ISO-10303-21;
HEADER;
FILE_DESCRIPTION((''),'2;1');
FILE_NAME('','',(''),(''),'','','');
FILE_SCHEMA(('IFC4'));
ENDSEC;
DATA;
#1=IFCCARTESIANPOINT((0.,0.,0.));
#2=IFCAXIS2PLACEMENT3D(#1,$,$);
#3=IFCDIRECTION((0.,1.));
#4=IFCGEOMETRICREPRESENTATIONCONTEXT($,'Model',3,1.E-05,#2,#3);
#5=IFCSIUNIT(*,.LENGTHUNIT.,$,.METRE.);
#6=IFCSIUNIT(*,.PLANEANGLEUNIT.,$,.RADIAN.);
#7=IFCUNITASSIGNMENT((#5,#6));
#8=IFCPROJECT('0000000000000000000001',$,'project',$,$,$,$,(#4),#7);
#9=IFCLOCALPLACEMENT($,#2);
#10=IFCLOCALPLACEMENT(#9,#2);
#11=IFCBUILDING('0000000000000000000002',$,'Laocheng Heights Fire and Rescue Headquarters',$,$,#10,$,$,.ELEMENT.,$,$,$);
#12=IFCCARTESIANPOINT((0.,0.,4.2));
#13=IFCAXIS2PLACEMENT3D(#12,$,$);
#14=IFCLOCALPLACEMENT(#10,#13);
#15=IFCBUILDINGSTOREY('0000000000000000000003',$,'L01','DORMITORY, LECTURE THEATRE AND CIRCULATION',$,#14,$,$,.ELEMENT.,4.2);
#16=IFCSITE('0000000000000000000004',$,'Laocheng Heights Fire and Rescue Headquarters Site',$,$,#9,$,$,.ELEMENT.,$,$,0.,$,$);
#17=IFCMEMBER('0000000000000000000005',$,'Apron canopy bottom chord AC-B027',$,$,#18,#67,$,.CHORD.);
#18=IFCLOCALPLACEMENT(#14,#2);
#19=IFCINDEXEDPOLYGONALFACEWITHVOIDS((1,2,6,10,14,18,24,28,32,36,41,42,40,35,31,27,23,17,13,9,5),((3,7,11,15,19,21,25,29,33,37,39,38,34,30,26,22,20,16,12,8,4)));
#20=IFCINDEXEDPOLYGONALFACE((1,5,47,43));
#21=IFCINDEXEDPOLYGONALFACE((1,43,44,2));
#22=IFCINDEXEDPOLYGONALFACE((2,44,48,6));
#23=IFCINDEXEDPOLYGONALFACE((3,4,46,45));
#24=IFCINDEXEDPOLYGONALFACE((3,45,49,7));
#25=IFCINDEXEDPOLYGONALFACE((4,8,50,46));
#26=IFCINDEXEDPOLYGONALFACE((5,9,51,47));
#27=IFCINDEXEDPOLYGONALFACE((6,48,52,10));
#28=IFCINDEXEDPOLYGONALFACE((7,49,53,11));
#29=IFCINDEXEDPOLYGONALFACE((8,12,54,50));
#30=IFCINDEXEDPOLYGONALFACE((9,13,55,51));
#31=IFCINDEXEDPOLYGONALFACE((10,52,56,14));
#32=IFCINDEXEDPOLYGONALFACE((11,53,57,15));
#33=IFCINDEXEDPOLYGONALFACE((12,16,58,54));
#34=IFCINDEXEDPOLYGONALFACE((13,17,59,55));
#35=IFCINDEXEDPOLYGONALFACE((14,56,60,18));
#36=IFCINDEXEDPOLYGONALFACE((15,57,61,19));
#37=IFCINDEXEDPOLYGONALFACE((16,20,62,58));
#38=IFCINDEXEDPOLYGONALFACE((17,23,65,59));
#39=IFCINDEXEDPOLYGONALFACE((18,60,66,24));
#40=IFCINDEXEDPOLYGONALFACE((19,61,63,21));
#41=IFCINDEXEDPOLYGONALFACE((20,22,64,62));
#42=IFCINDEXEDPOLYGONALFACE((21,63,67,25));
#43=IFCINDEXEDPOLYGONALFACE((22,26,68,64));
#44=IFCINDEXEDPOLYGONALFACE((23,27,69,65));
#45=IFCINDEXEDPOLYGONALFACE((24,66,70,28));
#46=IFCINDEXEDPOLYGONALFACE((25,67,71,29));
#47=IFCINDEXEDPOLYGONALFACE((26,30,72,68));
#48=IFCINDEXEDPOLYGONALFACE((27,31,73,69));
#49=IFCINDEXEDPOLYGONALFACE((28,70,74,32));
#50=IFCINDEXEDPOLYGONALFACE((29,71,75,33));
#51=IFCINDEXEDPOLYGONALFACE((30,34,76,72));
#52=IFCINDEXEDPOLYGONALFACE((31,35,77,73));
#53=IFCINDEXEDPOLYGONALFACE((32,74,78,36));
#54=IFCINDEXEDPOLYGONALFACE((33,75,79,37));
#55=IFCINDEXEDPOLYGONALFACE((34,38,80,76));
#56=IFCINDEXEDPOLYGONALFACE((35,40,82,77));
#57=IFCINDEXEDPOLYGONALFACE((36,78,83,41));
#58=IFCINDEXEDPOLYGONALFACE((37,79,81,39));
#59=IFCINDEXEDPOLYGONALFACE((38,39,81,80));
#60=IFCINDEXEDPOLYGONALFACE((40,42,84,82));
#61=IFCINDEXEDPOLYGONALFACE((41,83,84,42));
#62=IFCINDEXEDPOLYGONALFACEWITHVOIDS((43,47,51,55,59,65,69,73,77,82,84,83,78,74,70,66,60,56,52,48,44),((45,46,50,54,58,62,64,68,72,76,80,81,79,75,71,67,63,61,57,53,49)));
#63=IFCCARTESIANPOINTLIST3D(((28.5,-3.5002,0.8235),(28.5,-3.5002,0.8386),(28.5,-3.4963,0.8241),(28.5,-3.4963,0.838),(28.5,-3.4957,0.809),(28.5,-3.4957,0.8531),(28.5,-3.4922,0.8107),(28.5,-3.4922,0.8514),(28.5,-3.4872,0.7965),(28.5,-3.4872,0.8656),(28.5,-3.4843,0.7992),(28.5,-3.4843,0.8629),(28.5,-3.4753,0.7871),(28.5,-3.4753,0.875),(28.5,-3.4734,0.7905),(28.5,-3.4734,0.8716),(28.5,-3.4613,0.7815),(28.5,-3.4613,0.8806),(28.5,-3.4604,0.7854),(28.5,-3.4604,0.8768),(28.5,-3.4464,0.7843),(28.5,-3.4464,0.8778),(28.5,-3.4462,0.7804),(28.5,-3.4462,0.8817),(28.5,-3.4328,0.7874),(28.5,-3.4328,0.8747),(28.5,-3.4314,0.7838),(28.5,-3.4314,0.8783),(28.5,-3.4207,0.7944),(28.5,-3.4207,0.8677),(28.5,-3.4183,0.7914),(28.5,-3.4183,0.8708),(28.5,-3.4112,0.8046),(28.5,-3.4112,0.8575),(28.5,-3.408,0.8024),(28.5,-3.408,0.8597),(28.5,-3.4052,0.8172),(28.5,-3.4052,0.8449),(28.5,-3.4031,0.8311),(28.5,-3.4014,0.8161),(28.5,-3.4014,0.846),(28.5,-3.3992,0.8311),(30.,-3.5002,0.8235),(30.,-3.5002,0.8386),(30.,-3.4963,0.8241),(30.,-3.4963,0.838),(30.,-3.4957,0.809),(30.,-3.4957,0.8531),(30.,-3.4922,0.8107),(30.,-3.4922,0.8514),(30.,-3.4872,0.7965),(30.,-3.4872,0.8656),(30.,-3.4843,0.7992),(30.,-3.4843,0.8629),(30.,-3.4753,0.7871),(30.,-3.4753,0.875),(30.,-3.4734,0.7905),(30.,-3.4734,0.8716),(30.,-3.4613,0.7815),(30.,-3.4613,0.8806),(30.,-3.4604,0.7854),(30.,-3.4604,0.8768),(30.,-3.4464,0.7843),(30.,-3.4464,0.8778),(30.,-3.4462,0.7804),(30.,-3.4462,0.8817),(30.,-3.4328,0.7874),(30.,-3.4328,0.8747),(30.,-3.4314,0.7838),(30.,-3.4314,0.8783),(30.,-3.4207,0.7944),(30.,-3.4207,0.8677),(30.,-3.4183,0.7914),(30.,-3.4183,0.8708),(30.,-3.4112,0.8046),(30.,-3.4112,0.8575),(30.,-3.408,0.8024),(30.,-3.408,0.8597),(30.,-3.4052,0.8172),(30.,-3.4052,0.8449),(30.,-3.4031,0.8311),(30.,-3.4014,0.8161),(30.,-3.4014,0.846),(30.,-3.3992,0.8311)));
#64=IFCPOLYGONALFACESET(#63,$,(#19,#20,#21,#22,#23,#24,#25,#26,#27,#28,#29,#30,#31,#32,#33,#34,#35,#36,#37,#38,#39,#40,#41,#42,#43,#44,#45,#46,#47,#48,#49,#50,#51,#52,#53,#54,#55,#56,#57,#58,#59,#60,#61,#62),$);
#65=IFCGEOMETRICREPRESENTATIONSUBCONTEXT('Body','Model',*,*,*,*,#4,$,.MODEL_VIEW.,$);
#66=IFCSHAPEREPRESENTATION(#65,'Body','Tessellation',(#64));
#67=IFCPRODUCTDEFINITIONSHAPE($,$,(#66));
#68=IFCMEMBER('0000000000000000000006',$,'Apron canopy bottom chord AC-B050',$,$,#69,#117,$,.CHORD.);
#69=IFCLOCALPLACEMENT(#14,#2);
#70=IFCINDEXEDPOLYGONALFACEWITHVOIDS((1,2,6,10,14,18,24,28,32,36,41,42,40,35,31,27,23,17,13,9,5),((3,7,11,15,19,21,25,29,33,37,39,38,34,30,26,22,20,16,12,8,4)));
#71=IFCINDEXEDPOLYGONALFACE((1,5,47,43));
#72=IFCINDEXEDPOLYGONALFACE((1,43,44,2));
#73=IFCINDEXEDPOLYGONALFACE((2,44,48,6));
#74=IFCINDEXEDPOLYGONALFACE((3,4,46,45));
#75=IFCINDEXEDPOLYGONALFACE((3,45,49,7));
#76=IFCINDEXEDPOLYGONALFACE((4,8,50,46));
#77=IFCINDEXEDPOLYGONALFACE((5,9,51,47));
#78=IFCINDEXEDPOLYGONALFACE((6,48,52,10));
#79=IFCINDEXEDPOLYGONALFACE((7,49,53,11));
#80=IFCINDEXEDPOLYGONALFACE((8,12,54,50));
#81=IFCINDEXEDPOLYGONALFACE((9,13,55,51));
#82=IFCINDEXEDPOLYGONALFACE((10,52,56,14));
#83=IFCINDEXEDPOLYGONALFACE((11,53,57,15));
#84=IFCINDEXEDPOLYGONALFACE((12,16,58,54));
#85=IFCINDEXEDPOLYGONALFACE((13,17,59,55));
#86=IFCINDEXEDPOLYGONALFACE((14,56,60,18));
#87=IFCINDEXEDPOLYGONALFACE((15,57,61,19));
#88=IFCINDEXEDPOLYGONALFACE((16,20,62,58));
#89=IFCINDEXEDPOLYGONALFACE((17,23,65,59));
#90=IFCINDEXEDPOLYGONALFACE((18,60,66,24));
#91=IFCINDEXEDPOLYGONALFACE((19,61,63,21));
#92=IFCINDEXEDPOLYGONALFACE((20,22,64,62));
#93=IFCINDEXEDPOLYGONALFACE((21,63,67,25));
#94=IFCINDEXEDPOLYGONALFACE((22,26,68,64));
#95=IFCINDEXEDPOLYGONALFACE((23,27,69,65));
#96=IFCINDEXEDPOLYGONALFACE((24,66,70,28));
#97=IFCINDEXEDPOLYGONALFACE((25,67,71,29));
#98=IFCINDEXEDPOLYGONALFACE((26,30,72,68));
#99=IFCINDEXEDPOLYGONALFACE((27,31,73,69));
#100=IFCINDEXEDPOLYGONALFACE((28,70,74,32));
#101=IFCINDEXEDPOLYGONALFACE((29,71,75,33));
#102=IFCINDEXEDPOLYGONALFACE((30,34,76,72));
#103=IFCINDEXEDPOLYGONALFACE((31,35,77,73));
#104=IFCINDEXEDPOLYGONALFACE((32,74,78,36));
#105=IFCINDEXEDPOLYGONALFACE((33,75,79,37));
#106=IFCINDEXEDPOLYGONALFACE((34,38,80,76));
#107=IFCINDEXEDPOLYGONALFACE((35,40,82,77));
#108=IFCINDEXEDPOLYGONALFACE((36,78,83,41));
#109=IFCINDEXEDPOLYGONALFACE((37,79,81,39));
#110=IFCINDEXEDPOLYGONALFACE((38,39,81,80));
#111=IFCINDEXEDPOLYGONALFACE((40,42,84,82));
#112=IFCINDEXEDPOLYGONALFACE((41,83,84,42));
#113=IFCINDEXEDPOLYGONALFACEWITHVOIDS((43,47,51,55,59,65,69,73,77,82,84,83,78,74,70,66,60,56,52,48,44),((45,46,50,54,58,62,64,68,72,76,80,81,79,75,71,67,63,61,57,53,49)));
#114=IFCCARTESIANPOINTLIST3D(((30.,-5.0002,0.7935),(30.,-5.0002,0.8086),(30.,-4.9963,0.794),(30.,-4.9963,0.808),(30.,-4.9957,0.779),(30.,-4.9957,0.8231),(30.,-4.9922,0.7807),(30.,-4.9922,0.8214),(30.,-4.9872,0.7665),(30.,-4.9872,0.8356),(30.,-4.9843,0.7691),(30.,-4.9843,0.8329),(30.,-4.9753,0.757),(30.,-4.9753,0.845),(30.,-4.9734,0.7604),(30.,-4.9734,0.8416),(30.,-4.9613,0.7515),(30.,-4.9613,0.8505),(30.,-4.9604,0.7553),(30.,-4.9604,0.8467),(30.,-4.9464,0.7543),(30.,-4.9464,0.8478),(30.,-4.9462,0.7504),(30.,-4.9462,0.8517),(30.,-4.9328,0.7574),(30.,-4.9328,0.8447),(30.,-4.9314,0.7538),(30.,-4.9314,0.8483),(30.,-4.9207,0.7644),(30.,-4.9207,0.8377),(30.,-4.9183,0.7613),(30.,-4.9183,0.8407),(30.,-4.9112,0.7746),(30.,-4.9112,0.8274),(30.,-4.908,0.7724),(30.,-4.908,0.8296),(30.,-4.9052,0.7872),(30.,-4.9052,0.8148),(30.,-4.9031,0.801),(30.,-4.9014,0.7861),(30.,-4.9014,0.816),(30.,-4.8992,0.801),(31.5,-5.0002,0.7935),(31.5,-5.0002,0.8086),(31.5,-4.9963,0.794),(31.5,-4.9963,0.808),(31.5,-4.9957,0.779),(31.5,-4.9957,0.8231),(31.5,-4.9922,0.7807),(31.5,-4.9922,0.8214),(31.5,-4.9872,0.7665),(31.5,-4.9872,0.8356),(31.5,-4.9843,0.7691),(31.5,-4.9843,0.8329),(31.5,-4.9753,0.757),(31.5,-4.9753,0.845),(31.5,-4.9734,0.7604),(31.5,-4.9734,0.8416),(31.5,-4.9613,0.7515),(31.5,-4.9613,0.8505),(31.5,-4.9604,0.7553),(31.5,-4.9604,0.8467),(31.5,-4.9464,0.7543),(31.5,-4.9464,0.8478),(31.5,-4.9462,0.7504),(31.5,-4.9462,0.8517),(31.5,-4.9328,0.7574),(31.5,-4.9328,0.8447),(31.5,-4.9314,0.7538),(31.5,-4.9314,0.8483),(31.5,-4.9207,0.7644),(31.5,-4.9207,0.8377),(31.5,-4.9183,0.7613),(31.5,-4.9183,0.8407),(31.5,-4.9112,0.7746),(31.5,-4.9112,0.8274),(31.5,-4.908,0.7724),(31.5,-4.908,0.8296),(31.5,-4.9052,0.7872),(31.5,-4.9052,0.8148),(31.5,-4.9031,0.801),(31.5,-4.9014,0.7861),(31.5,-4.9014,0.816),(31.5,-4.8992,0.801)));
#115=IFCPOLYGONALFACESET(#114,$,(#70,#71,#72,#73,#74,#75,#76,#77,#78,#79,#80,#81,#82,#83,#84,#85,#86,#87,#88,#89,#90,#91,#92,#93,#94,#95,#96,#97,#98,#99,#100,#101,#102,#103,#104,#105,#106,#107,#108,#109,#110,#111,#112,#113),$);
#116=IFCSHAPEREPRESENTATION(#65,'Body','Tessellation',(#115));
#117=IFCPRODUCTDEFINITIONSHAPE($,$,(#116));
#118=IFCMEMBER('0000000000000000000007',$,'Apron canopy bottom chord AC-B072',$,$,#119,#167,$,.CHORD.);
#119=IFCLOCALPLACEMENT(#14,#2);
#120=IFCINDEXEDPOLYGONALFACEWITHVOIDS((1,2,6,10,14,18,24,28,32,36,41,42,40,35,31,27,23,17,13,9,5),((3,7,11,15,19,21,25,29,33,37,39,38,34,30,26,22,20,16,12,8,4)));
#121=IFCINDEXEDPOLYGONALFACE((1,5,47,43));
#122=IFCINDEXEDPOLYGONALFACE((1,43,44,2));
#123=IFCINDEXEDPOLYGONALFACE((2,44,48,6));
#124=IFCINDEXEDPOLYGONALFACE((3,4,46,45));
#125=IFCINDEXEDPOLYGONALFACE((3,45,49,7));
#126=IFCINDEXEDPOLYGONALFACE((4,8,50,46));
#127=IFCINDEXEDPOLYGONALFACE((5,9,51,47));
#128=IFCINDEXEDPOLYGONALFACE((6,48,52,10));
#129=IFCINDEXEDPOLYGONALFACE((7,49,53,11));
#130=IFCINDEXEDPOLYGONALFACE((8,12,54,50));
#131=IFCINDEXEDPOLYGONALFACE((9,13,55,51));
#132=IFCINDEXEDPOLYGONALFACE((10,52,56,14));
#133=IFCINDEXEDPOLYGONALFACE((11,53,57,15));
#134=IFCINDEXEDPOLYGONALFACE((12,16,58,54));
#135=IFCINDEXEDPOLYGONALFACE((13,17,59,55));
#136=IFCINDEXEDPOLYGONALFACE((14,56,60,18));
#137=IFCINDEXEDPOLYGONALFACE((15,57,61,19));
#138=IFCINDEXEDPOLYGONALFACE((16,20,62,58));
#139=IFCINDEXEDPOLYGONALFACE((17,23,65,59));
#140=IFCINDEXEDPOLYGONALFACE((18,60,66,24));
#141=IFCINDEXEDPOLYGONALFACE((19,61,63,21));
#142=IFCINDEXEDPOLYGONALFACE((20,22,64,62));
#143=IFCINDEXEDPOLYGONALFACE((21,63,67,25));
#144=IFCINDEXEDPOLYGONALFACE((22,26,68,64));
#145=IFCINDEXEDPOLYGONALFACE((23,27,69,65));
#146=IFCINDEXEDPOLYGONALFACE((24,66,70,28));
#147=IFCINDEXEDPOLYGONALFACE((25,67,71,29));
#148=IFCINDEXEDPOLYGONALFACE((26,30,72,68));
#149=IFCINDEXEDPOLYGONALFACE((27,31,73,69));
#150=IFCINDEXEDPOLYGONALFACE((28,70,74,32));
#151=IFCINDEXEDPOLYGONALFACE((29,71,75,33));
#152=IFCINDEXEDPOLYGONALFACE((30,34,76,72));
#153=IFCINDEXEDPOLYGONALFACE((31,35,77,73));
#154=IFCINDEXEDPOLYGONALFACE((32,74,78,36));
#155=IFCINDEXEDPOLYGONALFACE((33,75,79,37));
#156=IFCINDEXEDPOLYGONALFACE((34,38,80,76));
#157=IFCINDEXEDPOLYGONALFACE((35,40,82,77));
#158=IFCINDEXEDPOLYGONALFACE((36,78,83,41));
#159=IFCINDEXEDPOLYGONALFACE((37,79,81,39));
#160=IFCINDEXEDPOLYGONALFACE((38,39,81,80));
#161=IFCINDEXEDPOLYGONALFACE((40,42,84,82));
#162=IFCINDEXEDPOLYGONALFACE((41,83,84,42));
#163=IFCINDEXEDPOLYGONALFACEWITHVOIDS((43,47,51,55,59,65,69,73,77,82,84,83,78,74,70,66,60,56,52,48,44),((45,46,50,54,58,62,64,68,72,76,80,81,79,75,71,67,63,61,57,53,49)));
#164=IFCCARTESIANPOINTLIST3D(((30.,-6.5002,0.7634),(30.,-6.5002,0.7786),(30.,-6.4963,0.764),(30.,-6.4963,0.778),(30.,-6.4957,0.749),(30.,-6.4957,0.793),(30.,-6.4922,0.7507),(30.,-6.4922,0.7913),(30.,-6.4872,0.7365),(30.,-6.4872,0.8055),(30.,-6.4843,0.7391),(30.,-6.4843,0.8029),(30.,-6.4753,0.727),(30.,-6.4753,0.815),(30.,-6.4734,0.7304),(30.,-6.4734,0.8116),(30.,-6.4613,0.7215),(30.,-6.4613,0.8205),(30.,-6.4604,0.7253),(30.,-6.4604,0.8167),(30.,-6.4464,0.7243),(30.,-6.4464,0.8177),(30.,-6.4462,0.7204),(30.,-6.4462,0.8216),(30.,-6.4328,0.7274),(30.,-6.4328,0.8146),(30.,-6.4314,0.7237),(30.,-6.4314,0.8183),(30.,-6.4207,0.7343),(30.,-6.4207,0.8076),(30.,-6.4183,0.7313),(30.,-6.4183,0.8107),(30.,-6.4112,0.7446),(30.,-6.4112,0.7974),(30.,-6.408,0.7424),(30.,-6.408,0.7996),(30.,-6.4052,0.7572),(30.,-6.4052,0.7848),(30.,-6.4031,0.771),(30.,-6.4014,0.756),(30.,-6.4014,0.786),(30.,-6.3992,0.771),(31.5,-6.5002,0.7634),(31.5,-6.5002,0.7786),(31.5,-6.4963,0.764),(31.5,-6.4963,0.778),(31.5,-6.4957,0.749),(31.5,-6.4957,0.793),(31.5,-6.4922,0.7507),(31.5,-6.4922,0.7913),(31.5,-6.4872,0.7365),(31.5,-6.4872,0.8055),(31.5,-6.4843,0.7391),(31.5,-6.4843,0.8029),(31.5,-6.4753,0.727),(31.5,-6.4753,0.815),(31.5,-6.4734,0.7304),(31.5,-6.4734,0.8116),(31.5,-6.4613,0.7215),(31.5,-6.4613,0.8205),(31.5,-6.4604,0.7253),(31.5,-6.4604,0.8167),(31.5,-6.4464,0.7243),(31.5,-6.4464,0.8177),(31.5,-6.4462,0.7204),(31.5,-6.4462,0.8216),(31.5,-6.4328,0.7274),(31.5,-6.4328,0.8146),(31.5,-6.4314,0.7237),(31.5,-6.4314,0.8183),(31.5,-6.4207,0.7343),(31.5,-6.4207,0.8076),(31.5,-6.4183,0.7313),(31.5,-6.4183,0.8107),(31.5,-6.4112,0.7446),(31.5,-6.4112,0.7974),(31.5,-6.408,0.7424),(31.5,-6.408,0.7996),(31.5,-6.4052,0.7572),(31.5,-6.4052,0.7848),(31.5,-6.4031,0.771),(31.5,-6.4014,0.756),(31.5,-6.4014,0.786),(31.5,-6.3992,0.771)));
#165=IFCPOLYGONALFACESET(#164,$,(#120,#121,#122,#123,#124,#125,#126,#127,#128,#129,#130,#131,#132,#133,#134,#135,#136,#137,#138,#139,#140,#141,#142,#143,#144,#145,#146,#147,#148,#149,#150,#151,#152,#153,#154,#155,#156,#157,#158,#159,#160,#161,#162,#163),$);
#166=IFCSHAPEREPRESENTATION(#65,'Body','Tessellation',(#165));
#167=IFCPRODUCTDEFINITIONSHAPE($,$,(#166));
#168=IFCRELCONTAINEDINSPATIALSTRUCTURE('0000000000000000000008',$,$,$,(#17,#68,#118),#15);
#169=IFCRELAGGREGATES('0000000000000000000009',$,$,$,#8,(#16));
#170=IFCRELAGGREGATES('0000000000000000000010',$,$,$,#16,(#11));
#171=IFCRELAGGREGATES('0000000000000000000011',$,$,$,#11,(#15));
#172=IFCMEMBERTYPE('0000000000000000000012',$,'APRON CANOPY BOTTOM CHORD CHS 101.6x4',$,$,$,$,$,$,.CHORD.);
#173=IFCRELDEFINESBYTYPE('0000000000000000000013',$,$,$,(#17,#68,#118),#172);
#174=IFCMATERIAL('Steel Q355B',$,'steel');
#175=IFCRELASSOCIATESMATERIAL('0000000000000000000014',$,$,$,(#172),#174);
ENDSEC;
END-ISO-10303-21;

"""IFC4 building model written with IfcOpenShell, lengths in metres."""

from ifc_helpers import new_model, si_unit, direction, frame, origin, origin_2d, place, context, subcontext, project, spatial, hollow_circle, extrude, material, material_profile, profile_set, type_object, element, save


model = new_model("IFC4")

# Units and contexts
model_context = context("Model", 3, precision=1e-05, world=origin(), true_north=direction((0.0, 1.0)))
body_context = subcontext(model_context, "Body", "Model", "MODEL_VIEW")
ifc_project = project(units=[si_unit("LENGTHUNIT", "METRE"), si_unit("PLANEANGLEUNIT", "RADIAN")], contexts=[model_context])

# Site, building, storey
site_placement = place(None, origin())
site = spatial("IfcSite", under=ifc_project, at=site_placement, Name="Laocheng Heights Fire and Rescue Headquarters Site", CompositionType="ELEMENT", RefElevation=0.0)
building_placement = place(site_placement, origin())
building = spatial("IfcBuilding", under=site, at=building_placement, Name="Laocheng Heights Fire and Rescue Headquarters", CompositionType="ELEMENT")
storey_placement = place(building_placement, frame((0.0, 0.0, 4.2)))
storey = spatial("IfcBuildingStorey", under=building, at=storey_placement, Name="L01", Description="DORMITORY, LECTURE THEATRE AND CIRCULATION", CompositionType="ELEMENT", Elevation=4.2)

# Members
ifc_material_1 = material(Name="Steel Q355B", Category="steel")
ifc_material_profile_1 = material_profile(ifc_material_1, hollow_circle(Radius=0.0508, WallThickness=0.0039, at=origin_2d()), Name="CHS 101.6x4")
ifc_profile_set_1 = profile_set([ifc_material_profile_1], Name="Steel Q355B")
member_type_1 = type_object("IfcMemberType", Name="APRON CANOPY BOTTOM CHORD CHS 101.6x4", PredefinedType="CHORD", material=ifc_profile_set_1)
for number, where, z_axis, x_axis, name in (
    (1, (28.5, -3.45, 0.8311), (1.0, 0.0, 0.0), (0.0, 1.0, 0.0), "Apron canopy bottom chord AC-B027"),
    (2, (30.0, -4.95, 0.801), (1.0, 0.0, 0.0), (0.0, 1.0, 0.0), "Apron canopy bottom chord AC-B050"),
    (3, (30.0, -6.45, 0.771), (1.0, 0.0, 0.0), (0.0, 1.0, 0.0), "Apron canopy bottom chord AC-B072"),
):
    element("IfcMember", number, at=place(storey_placement, frame(where, z_axis=z_axis, x_axis=x_axis)), inside=storey, type_object=member_type_1, Name=name, PredefinedType="CHORD", context=body_context, shape_type="SweptSolid", body=[
        extrude(hollow_circle(Radius=0.0508, WallThickness=0.0039, at=origin_2d()), origin(), (0.0, 0.0, 1.0), 1.5),
    ])

save(model, "model.ifc")
